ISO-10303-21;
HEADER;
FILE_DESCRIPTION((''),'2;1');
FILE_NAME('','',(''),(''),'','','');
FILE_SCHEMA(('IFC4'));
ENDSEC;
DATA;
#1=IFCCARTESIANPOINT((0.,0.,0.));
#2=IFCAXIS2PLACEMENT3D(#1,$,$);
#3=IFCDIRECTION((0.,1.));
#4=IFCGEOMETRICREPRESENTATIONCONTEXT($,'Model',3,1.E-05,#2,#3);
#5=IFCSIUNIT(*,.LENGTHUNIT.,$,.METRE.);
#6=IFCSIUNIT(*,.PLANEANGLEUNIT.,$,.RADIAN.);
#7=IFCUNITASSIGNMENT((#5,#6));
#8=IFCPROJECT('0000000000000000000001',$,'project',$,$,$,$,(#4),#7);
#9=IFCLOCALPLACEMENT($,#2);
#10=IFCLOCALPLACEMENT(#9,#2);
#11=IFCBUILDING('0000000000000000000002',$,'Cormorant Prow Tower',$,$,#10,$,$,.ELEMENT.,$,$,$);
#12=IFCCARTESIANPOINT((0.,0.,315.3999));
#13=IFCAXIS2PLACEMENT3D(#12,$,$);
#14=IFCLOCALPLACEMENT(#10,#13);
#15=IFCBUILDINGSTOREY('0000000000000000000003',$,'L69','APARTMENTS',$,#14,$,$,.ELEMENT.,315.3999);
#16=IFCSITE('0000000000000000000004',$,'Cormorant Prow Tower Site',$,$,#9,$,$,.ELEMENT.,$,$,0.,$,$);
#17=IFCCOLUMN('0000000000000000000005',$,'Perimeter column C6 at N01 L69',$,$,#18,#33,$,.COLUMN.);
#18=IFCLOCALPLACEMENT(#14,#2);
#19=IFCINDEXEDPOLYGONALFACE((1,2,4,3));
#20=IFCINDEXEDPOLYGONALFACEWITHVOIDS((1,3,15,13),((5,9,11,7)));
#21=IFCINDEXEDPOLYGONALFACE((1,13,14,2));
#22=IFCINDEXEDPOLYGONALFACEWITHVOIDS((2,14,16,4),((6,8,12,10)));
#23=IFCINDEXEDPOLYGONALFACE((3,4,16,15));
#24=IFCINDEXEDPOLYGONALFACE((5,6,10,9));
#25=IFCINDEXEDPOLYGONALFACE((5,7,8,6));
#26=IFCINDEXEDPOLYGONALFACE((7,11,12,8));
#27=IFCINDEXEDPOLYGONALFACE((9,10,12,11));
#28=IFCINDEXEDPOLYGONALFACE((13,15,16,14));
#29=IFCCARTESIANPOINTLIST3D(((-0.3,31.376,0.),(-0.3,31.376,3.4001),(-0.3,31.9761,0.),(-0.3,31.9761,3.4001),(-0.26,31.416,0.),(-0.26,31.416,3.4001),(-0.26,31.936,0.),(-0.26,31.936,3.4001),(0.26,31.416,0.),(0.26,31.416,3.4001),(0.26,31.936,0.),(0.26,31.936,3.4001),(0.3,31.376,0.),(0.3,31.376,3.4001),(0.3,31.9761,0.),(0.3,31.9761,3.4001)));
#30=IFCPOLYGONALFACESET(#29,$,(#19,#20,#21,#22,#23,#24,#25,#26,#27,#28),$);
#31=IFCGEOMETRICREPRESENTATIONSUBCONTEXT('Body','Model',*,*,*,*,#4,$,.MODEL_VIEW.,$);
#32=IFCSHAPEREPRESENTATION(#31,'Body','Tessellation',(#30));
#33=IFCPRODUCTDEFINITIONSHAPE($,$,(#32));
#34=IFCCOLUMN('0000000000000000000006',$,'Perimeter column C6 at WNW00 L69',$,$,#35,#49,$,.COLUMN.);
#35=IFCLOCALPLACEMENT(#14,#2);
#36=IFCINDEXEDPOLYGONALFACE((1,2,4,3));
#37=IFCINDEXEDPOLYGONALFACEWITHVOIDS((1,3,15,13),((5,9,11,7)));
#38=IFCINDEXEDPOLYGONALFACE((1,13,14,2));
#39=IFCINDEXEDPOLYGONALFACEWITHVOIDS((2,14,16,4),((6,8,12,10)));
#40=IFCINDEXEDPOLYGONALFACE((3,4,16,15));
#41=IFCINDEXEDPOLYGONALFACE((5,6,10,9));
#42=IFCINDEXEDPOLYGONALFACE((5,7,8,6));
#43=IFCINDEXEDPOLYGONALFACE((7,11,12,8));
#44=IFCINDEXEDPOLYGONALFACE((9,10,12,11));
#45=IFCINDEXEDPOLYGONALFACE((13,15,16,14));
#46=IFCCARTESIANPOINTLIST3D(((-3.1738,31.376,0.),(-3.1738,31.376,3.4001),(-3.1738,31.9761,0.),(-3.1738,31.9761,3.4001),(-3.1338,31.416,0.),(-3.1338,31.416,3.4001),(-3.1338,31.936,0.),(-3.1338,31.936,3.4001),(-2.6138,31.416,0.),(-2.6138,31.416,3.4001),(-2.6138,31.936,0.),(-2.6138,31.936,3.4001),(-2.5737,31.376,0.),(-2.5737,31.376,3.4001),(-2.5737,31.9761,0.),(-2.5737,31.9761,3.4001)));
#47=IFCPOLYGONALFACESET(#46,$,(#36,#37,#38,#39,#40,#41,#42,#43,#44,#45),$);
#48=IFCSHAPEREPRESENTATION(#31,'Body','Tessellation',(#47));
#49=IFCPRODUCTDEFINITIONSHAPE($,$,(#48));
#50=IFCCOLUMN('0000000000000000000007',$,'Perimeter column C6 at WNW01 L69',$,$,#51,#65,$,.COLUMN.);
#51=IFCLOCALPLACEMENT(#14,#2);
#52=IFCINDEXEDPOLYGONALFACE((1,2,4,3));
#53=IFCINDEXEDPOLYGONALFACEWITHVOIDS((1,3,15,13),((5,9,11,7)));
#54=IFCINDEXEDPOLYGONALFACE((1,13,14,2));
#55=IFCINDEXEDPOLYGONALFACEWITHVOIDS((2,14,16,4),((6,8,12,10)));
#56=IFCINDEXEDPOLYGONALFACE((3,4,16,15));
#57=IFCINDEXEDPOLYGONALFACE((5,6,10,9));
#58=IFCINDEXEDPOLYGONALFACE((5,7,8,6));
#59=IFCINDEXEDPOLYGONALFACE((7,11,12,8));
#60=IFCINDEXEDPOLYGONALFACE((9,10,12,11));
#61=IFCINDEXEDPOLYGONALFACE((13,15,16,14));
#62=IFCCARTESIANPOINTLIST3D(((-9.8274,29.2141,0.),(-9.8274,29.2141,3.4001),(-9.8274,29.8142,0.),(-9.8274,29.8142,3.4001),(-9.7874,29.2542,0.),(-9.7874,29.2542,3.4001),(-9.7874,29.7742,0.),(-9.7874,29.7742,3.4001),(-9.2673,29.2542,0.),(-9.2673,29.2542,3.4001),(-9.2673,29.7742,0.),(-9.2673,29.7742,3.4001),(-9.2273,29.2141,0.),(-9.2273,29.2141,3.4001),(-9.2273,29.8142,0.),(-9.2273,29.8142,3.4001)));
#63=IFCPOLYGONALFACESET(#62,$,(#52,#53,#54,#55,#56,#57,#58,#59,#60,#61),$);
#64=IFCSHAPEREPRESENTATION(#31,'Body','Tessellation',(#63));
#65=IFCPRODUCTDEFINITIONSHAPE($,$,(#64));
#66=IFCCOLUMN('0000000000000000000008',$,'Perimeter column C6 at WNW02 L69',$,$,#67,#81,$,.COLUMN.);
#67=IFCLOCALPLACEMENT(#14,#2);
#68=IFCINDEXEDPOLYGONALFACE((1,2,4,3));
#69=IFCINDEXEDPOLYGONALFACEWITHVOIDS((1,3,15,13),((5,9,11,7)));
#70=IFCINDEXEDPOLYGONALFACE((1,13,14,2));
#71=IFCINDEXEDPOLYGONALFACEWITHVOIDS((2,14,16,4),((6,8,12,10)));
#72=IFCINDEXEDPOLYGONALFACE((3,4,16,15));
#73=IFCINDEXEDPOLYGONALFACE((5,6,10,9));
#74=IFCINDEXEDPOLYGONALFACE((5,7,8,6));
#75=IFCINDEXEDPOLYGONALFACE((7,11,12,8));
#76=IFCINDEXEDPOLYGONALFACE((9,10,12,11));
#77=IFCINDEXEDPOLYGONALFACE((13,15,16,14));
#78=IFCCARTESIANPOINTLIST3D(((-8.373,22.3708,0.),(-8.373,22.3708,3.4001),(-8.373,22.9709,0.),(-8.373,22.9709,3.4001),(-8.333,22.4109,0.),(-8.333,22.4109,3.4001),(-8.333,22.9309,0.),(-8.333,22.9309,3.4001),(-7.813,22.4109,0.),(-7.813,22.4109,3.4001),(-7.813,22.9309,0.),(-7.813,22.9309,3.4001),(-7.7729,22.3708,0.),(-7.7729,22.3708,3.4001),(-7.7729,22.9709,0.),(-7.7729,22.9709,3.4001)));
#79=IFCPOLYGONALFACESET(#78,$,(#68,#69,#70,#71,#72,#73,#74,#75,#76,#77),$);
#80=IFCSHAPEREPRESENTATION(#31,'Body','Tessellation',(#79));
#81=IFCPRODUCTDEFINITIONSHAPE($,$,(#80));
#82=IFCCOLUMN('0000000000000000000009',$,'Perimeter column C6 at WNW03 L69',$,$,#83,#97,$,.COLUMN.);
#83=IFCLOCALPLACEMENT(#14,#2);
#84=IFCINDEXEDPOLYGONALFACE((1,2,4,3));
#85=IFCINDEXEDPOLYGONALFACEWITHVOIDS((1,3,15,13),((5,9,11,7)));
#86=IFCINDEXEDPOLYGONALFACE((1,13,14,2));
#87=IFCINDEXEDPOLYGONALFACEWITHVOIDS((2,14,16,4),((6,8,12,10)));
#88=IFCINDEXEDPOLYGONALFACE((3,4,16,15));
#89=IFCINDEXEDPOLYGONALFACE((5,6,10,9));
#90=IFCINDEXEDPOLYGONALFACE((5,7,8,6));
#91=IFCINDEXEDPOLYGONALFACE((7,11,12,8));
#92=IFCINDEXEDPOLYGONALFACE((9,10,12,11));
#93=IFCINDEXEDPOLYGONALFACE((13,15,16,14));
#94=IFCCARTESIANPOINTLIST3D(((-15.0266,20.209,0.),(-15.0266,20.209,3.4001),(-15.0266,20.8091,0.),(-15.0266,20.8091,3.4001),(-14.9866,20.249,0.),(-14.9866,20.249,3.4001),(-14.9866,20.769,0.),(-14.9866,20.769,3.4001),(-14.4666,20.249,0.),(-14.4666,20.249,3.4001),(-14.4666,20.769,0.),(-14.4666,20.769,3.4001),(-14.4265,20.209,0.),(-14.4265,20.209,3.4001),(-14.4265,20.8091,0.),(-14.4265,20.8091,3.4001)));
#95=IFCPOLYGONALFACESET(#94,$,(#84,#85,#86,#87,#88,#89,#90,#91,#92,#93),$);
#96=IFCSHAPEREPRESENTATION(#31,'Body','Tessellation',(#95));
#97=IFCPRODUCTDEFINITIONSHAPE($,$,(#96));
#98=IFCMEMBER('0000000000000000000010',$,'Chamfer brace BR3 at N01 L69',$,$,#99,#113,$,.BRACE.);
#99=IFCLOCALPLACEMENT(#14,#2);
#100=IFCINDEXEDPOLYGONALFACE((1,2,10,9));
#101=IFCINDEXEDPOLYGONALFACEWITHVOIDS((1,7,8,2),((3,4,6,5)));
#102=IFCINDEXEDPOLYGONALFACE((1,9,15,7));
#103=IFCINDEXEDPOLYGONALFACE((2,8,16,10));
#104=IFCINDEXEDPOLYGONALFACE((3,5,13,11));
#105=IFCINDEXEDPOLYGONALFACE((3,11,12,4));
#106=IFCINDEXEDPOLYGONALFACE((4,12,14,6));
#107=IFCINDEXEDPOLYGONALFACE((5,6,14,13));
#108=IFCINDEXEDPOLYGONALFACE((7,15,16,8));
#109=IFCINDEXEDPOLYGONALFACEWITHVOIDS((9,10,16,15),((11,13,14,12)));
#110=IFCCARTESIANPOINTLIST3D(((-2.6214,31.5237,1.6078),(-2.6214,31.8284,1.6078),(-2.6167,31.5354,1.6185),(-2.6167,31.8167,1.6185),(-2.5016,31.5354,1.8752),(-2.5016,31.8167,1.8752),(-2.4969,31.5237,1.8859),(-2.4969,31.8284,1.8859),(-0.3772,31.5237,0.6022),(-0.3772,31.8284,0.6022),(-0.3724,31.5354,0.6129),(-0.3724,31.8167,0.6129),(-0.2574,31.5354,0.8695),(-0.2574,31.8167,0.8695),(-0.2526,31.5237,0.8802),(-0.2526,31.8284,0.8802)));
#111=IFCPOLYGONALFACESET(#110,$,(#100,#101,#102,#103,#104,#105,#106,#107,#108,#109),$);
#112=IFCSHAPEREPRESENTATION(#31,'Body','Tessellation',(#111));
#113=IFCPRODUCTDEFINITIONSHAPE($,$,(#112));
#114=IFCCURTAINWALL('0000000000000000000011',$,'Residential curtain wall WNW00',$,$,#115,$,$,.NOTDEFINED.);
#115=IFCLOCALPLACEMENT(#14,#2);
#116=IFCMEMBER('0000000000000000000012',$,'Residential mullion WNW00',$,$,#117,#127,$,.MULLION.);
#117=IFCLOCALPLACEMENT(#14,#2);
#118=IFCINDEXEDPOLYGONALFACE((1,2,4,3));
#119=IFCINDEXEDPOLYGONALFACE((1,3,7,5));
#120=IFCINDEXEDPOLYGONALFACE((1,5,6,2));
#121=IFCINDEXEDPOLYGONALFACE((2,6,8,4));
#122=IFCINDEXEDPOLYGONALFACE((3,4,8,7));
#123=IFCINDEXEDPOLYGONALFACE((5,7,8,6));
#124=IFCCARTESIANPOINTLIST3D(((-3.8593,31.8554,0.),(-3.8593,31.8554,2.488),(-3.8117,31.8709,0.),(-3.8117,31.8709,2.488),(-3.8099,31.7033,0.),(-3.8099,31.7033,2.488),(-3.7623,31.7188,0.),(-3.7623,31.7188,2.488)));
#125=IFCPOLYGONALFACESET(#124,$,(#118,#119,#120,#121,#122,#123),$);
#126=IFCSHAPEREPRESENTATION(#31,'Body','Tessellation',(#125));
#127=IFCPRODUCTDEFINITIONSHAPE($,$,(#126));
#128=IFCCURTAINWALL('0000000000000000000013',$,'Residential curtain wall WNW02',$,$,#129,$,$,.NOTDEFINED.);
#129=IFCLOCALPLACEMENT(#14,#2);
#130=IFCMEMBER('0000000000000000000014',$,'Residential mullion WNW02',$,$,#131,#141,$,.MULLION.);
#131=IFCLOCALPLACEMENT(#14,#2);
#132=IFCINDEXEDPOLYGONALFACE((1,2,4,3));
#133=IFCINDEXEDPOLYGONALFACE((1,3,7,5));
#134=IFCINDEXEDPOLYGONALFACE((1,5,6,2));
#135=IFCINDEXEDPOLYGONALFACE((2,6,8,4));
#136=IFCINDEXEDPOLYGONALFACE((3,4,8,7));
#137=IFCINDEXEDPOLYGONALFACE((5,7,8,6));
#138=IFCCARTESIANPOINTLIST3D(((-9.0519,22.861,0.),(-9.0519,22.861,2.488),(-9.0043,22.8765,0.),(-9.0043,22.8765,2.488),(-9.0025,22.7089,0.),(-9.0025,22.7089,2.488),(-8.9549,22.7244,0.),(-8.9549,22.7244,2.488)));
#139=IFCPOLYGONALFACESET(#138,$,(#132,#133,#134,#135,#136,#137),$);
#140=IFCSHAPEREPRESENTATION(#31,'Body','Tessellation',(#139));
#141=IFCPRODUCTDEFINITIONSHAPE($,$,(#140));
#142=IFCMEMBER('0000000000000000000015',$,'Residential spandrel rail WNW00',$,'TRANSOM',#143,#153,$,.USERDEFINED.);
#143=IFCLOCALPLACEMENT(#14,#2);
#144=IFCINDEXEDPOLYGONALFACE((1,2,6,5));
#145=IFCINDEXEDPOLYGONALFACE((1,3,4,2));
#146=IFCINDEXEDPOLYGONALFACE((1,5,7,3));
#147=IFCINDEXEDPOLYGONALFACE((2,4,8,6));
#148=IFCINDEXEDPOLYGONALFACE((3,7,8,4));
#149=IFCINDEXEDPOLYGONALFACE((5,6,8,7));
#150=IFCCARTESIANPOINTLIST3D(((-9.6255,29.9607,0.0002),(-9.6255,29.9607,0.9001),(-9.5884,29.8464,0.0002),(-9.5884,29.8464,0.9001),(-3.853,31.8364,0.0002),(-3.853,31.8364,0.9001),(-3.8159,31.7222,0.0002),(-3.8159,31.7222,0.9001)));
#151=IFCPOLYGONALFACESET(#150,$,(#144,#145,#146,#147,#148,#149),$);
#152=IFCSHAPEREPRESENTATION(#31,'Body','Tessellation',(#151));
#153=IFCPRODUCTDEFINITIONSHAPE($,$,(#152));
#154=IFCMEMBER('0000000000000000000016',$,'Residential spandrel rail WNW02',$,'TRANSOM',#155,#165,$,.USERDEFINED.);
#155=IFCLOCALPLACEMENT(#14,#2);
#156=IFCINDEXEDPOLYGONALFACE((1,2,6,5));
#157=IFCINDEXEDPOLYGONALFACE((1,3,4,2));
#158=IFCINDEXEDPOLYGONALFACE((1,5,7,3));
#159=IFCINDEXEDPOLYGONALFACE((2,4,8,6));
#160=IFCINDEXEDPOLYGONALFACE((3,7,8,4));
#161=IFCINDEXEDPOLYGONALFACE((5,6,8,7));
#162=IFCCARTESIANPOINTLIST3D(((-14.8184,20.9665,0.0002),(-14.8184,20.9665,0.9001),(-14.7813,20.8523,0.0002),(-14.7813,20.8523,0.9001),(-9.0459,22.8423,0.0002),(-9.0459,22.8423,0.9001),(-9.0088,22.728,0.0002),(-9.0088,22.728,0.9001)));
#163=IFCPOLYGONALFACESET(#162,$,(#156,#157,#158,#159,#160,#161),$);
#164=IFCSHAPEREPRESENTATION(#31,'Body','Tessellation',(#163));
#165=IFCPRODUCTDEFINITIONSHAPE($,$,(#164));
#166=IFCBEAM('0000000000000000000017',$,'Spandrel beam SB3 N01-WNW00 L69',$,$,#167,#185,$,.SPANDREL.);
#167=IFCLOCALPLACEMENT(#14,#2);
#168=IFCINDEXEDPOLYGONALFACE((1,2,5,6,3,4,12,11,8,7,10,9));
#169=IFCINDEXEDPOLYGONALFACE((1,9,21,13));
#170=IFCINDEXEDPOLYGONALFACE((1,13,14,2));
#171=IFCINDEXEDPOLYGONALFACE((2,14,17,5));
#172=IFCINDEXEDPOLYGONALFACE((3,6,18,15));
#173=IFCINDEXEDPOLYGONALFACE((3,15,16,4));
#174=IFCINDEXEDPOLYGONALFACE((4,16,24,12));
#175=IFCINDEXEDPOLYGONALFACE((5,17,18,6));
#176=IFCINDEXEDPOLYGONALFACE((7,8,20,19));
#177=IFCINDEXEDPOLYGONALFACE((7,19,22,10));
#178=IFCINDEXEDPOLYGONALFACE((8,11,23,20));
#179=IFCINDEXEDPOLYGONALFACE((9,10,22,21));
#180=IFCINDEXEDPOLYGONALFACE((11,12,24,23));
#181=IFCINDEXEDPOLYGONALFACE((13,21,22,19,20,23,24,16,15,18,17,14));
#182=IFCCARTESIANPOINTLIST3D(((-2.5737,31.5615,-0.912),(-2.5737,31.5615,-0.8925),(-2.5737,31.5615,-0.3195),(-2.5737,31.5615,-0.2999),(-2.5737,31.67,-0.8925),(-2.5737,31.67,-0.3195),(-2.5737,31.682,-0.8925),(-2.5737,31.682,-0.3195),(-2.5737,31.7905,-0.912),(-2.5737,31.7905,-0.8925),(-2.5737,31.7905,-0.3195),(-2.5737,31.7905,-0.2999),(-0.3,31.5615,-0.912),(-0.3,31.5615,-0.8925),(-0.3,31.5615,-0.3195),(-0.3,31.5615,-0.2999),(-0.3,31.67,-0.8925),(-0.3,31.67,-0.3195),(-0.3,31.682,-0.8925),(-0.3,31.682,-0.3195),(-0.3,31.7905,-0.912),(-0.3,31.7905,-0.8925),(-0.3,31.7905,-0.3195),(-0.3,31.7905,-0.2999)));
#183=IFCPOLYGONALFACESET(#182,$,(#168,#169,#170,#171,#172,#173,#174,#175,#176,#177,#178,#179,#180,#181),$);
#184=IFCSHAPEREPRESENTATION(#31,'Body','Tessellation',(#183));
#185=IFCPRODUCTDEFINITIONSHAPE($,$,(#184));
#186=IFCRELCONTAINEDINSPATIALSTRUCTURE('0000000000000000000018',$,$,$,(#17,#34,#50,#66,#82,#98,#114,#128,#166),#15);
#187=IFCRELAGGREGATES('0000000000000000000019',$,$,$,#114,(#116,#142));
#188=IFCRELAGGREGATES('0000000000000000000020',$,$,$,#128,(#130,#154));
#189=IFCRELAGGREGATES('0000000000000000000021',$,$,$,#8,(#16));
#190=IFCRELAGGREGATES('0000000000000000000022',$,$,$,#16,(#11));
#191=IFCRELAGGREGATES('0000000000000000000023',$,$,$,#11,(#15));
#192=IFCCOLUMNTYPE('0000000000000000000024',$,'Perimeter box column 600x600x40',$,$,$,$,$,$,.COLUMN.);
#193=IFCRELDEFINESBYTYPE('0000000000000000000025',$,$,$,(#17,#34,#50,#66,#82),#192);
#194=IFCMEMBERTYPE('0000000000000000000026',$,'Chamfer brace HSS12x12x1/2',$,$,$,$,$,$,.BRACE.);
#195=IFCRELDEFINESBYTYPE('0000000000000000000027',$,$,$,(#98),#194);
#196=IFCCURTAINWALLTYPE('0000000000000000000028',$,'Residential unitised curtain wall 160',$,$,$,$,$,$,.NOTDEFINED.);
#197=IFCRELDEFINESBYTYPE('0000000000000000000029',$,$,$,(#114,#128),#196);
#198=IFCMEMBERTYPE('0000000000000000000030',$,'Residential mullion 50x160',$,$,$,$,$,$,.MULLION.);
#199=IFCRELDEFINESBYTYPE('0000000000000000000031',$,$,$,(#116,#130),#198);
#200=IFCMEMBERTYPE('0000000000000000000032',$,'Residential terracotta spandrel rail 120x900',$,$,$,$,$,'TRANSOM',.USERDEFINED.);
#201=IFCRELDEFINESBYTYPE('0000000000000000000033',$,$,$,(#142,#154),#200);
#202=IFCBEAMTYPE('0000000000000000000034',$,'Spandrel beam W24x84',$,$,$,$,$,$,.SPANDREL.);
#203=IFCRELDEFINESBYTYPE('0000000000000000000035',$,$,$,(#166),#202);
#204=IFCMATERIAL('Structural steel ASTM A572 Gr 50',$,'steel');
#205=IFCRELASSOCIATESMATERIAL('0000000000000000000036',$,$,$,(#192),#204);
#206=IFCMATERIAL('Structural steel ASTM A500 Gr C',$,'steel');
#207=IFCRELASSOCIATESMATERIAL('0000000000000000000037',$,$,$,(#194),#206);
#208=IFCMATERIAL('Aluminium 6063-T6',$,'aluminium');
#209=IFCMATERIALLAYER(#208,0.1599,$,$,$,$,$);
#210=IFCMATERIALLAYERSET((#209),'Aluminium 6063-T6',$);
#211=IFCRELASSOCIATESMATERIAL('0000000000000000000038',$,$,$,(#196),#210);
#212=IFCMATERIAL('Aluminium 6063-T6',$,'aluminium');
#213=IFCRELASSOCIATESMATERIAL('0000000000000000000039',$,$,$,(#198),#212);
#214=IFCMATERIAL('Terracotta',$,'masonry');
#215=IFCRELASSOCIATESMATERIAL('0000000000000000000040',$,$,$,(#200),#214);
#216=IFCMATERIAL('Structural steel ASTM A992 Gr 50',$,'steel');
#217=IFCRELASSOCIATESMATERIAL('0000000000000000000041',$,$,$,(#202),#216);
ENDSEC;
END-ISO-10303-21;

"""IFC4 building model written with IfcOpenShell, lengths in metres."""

from ifc_helpers import new_model, si_unit, direction, frame, origin, origin_2d, place, context, subcontext, project, spatial, rectangle, hollow_rectangle, i_section, extrude, material, layer, layer_set, material_profile, profile_set, type_object, element, aggregate, save


model = new_model("IFC4")

# Units and contexts
model_context = context("Model", 3, precision=1e-05, world=origin(), true_north=direction((0.0, 1.0)))
body_context = subcontext(model_context, "Body", "Model", "MODEL_VIEW")
ifc_project = project(units=[si_unit("LENGTHUNIT", "METRE"), si_unit("PLANEANGLEUNIT", "RADIAN")], contexts=[model_context])

# Site, building, storey
site_placement = place(None, origin())
site = spatial("IfcSite", under=ifc_project, at=site_placement, Name="Cormorant Prow Tower Site", CompositionType="ELEMENT", RefElevation=0.0)
building_placement = place(site_placement, origin())
building = spatial("IfcBuilding", under=site, at=building_placement, Name="Cormorant Prow Tower", CompositionType="ELEMENT")
storey_placement = place(building_placement, frame((0.0, 0.0, 315.3999)))
storey = spatial("IfcBuildingStorey", under=building, at=storey_placement, Name="L69", Description="APARTMENTS", CompositionType="ELEMENT", Elevation=315.3999)

# Columns
ifc_material_1 = material(Name="Structural steel ASTM A572 Gr 50", Category="steel")
ifc_material_profile_1 = material_profile(ifc_material_1, hollow_rectangle(XDim=0.6001, YDim=0.6001, WallThickness=0.04, at=origin_2d()), Name="Box 600x600x40")
ifc_profile_set_1 = profile_set([ifc_material_profile_1], Name="Structural steel ASTM A572 Gr 50")
column_type = type_object("IfcColumnType", Name="Perimeter box column 600x600x40", PredefinedType="COLUMN", material=ifc_profile_set_1)
for number, where, z_axis, x_axis, name in (
    (1, (0.0, 31.676, 0.0), (0.0, 0.0, 1.0), (1.0, 0.0, 0.0), "Perimeter column C6 at N01 L69"),
    (2, (-2.8738, 31.676, 0.0), (0.0, 0.0, 1.0), (1.0, 0.0, 0.0), "Perimeter column C6 at WNW00 L69"),
    (3, (-9.5273, 29.5142, 0.0), (0.0, 0.0, 1.0), (1.0, 0.0, 0.0), "Perimeter column C6 at WNW01 L69"),
    (4, (-8.073, 22.6709, 0.0), (0.0, 0.0, 1.0), (1.0, 0.0, 0.0), "Perimeter column C6 at WNW02 L69"),
    (5, (-14.7266, 20.509, 0.0), (0.0, 0.0, 1.0), (1.0, 0.0, 0.0), "Perimeter column C6 at WNW03 L69"),
):
    element("IfcColumn", number, at=place(storey_placement, frame(where, z_axis=z_axis, x_axis=x_axis)), inside=storey, type_object=column_type, Name=name, PredefinedType="COLUMN", context=body_context, shape_type="SweptSolid", body=[
        extrude(hollow_rectangle(XDim=0.6001, YDim=0.6001, WallThickness=0.04, at=origin_2d()), origin(), (0.0, 0.0, 1.0), 3.4001),
    ])

# Member
ifc_material_2 = material(Name="Structural steel ASTM A500 Gr C", Category="steel")
ifc_material_profile_2 = material_profile(ifc_material_2, hollow_rectangle(XDim=0.3047, YDim=0.3047, WallThickness=0.0117, at=origin_2d()), Name="HSS12x12x1/2")
ifc_profile_set_2 = profile_set([ifc_material_profile_2], Name="Structural steel ASTM A500 Gr C")
member_type_1 = type_object("IfcMemberType", Name="Chamfer brace HSS12x12x1/2", PredefinedType="BRACE", material=ifc_profile_set_2)
member_1_placement = place(storey_placement, frame((-0.3149, 31.676, 0.7412), z_axis=(-0.912567, 0.0, 0.408928), x_axis=(0.0, -1.0, 0.0)))
element("IfcMember", 6, at=member_1_placement, inside=storey, type_object=member_type_1, Name="Chamfer brace BR3 at N01 L69", PredefinedType="BRACE", context=body_context, shape_type="SweptSolid", body=[
    extrude(hollow_rectangle(XDim=0.3047, YDim=0.3047, WallThickness=0.0117, at=origin_2d()), origin(), (0.0, 0.0, 1.0), 2.4592),
])

# Curtain walls, members
ifc_material_3 = material(Name="Aluminium 6063-T6", Category="aluminium")
ifc_layer_1 = layer(ifc_material_3, 0.1599)
ifc_layer_set_1 = layer_set([ifc_layer_1], Name="Aluminium 6063-T6")
curtain_wall_type = type_object("IfcCurtainWallType", Name="Residential unitised curtain wall 160", PredefinedType="NOTDEFINED", material=ifc_layer_set_1)
curtain_wall_1_placement = place(storey_placement, origin())
curtain_wall_1 = element("IfcCurtainWall", 7, at=curtain_wall_1_placement, inside=storey, type_object=curtain_wall_type, Name="Residential curtain wall WNW00", PredefinedType="NOTDEFINED")
ifc_material_4 = material(Name="Aluminium 6063-T6", Category="aluminium")
ifc_material_profile_3 = material_profile(ifc_material_4, rectangle(XDim=0.1599, YDim=0.05, at=origin_2d()), Name="Residential mullion 50x160")
ifc_profile_set_3 = profile_set([ifc_material_profile_3], Name="Aluminium 6063-T6")
member_type_2 = type_object("IfcMemberType", Name="Residential mullion 50x160", PredefinedType="MULLION", material=ifc_profile_set_3)
member_2_placement = place(storey_placement, frame((-3.8108, 31.7871, 0.0), z_axis=(0.0, 0.0, 1.0), x_axis=(0.309017, -0.951057, 0.0)))
member_2 = element("IfcMember", 8, at=member_2_placement, type_object=member_type_2, Name="Residential mullion WNW00", PredefinedType="MULLION", context=body_context, shape_type="SweptSolid", body=[
    extrude(rectangle(XDim=0.1599, YDim=0.05, at=origin_2d()), origin(), (0.0, 0.0, 1.0), 2.488),
])
curtain_wall_2_placement = place(storey_placement, origin())
curtain_wall_2 = element("IfcCurtainWall", 9, at=curtain_wall_2_placement, inside=storey, type_object=curtain_wall_type, Name="Residential curtain wall WNW02", PredefinedType="NOTDEFINED")
member_3_placement = place(storey_placement, frame((-9.0034, 22.7927, 0.0), z_axis=(0.0, 0.0, 1.0), x_axis=(0.309017, -0.951057, 0.0)))
member_3 = element("IfcMember", 10, at=member_3_placement, type_object=member_type_2, Name="Residential mullion WNW02", PredefinedType="MULLION", context=body_context, shape_type="SweptSolid", body=[
    extrude(rectangle(XDim=0.1599, YDim=0.05, at=origin_2d()), origin(), (0.0, 0.0, 1.0), 2.488),
])

# Members
ifc_material_5 = material(Name="Terracotta", Category="masonry")
ifc_material_profile_4 = material_profile(ifc_material_5, rectangle(XDim=0.1201, YDim=0.8999, at=origin_2d()), Name="Residential terracotta spandrel rail 120x900")
ifc_profile_set_4 = profile_set([ifc_material_profile_4], Name="Terracotta")
member_type_3 = type_object("IfcMemberType", Name="Residential terracotta spandrel rail 120x900", ElementType="TRANSOM", PredefinedType="USERDEFINED", material=ifc_profile_set_4)
member_4_placement = place(storey_placement, frame((-3.8345, 31.7793, 0.4502), z_axis=(-0.951049, -0.309039, 0.0), x_axis=(0.309039, -0.951049, 0.0)))
member_4 = element("IfcMember", 11, at=member_4_placement, type_object=member_type_3, Name="Residential spandrel rail WNW00", ObjectType="TRANSOM", PredefinedType="USERDEFINED", context=body_context, shape_type="SweptSolid", body=[
    extrude(rectangle(XDim=0.1201, YDim=0.8999, at=origin_2d()), origin(), (0.0, 0.0, 1.0), 6.0696),
])
member_5_placement = place(storey_placement, frame((-9.0273, 22.7852, 0.4502), z_axis=(-0.951049, -0.309039, 0.0), x_axis=(0.309039, -0.951049, 0.0)))
member_5 = element("IfcMember", 12, at=member_5_placement, type_object=member_type_3, Name="Residential spandrel rail WNW02", ObjectType="TRANSOM", PredefinedType="USERDEFINED", context=body_context, shape_type="SweptSolid", body=[
    extrude(rectangle(XDim=0.1201, YDim=0.8999, at=origin_2d()), origin(), (0.0, 0.0, 1.0), 6.0696),
])

# Beam
ifc_material_6 = material(Name="Structural steel ASTM A992 Gr 50", Category="steel")
ifc_material_profile_5 = material_profile(ifc_material_6, i_section(OverallWidth=0.229, OverallDepth=0.6121, WebThickness=0.012, FlangeThickness=0.0195, at=origin_2d()), Name="W24x84")
ifc_profile_set_5 = profile_set([ifc_material_profile_5], Name="Structural steel ASTM A992 Gr 50")
beam_type = type_object("IfcBeamType", Name="Spandrel beam W24x84", PredefinedType="SPANDREL", material=ifc_profile_set_5)
beam_1_placement = place(storey_placement, frame((-0.3, 31.676, -0.606), z_axis=(-1.0, 0.0, 0.0), x_axis=(0.0, -1.0, 0.0)))
element("IfcBeam", 13, at=beam_1_placement, inside=storey, type_object=beam_type, Name="Spandrel beam SB3 N01-WNW00 L69", PredefinedType="SPANDREL", context=body_context, shape_type="SweptSolid", body=[
    extrude(i_section(OverallWidth=0.229, OverallDepth=0.6121, WebThickness=0.012, FlangeThickness=0.0195, at=origin_2d()), origin(), (0.0, 0.0, 1.0), 2.2737),
])

aggregate(curtain_wall_1, [member_2, member_4])
aggregate(curtain_wall_2, [member_3, member_5])

save(model, "model.ifc")
